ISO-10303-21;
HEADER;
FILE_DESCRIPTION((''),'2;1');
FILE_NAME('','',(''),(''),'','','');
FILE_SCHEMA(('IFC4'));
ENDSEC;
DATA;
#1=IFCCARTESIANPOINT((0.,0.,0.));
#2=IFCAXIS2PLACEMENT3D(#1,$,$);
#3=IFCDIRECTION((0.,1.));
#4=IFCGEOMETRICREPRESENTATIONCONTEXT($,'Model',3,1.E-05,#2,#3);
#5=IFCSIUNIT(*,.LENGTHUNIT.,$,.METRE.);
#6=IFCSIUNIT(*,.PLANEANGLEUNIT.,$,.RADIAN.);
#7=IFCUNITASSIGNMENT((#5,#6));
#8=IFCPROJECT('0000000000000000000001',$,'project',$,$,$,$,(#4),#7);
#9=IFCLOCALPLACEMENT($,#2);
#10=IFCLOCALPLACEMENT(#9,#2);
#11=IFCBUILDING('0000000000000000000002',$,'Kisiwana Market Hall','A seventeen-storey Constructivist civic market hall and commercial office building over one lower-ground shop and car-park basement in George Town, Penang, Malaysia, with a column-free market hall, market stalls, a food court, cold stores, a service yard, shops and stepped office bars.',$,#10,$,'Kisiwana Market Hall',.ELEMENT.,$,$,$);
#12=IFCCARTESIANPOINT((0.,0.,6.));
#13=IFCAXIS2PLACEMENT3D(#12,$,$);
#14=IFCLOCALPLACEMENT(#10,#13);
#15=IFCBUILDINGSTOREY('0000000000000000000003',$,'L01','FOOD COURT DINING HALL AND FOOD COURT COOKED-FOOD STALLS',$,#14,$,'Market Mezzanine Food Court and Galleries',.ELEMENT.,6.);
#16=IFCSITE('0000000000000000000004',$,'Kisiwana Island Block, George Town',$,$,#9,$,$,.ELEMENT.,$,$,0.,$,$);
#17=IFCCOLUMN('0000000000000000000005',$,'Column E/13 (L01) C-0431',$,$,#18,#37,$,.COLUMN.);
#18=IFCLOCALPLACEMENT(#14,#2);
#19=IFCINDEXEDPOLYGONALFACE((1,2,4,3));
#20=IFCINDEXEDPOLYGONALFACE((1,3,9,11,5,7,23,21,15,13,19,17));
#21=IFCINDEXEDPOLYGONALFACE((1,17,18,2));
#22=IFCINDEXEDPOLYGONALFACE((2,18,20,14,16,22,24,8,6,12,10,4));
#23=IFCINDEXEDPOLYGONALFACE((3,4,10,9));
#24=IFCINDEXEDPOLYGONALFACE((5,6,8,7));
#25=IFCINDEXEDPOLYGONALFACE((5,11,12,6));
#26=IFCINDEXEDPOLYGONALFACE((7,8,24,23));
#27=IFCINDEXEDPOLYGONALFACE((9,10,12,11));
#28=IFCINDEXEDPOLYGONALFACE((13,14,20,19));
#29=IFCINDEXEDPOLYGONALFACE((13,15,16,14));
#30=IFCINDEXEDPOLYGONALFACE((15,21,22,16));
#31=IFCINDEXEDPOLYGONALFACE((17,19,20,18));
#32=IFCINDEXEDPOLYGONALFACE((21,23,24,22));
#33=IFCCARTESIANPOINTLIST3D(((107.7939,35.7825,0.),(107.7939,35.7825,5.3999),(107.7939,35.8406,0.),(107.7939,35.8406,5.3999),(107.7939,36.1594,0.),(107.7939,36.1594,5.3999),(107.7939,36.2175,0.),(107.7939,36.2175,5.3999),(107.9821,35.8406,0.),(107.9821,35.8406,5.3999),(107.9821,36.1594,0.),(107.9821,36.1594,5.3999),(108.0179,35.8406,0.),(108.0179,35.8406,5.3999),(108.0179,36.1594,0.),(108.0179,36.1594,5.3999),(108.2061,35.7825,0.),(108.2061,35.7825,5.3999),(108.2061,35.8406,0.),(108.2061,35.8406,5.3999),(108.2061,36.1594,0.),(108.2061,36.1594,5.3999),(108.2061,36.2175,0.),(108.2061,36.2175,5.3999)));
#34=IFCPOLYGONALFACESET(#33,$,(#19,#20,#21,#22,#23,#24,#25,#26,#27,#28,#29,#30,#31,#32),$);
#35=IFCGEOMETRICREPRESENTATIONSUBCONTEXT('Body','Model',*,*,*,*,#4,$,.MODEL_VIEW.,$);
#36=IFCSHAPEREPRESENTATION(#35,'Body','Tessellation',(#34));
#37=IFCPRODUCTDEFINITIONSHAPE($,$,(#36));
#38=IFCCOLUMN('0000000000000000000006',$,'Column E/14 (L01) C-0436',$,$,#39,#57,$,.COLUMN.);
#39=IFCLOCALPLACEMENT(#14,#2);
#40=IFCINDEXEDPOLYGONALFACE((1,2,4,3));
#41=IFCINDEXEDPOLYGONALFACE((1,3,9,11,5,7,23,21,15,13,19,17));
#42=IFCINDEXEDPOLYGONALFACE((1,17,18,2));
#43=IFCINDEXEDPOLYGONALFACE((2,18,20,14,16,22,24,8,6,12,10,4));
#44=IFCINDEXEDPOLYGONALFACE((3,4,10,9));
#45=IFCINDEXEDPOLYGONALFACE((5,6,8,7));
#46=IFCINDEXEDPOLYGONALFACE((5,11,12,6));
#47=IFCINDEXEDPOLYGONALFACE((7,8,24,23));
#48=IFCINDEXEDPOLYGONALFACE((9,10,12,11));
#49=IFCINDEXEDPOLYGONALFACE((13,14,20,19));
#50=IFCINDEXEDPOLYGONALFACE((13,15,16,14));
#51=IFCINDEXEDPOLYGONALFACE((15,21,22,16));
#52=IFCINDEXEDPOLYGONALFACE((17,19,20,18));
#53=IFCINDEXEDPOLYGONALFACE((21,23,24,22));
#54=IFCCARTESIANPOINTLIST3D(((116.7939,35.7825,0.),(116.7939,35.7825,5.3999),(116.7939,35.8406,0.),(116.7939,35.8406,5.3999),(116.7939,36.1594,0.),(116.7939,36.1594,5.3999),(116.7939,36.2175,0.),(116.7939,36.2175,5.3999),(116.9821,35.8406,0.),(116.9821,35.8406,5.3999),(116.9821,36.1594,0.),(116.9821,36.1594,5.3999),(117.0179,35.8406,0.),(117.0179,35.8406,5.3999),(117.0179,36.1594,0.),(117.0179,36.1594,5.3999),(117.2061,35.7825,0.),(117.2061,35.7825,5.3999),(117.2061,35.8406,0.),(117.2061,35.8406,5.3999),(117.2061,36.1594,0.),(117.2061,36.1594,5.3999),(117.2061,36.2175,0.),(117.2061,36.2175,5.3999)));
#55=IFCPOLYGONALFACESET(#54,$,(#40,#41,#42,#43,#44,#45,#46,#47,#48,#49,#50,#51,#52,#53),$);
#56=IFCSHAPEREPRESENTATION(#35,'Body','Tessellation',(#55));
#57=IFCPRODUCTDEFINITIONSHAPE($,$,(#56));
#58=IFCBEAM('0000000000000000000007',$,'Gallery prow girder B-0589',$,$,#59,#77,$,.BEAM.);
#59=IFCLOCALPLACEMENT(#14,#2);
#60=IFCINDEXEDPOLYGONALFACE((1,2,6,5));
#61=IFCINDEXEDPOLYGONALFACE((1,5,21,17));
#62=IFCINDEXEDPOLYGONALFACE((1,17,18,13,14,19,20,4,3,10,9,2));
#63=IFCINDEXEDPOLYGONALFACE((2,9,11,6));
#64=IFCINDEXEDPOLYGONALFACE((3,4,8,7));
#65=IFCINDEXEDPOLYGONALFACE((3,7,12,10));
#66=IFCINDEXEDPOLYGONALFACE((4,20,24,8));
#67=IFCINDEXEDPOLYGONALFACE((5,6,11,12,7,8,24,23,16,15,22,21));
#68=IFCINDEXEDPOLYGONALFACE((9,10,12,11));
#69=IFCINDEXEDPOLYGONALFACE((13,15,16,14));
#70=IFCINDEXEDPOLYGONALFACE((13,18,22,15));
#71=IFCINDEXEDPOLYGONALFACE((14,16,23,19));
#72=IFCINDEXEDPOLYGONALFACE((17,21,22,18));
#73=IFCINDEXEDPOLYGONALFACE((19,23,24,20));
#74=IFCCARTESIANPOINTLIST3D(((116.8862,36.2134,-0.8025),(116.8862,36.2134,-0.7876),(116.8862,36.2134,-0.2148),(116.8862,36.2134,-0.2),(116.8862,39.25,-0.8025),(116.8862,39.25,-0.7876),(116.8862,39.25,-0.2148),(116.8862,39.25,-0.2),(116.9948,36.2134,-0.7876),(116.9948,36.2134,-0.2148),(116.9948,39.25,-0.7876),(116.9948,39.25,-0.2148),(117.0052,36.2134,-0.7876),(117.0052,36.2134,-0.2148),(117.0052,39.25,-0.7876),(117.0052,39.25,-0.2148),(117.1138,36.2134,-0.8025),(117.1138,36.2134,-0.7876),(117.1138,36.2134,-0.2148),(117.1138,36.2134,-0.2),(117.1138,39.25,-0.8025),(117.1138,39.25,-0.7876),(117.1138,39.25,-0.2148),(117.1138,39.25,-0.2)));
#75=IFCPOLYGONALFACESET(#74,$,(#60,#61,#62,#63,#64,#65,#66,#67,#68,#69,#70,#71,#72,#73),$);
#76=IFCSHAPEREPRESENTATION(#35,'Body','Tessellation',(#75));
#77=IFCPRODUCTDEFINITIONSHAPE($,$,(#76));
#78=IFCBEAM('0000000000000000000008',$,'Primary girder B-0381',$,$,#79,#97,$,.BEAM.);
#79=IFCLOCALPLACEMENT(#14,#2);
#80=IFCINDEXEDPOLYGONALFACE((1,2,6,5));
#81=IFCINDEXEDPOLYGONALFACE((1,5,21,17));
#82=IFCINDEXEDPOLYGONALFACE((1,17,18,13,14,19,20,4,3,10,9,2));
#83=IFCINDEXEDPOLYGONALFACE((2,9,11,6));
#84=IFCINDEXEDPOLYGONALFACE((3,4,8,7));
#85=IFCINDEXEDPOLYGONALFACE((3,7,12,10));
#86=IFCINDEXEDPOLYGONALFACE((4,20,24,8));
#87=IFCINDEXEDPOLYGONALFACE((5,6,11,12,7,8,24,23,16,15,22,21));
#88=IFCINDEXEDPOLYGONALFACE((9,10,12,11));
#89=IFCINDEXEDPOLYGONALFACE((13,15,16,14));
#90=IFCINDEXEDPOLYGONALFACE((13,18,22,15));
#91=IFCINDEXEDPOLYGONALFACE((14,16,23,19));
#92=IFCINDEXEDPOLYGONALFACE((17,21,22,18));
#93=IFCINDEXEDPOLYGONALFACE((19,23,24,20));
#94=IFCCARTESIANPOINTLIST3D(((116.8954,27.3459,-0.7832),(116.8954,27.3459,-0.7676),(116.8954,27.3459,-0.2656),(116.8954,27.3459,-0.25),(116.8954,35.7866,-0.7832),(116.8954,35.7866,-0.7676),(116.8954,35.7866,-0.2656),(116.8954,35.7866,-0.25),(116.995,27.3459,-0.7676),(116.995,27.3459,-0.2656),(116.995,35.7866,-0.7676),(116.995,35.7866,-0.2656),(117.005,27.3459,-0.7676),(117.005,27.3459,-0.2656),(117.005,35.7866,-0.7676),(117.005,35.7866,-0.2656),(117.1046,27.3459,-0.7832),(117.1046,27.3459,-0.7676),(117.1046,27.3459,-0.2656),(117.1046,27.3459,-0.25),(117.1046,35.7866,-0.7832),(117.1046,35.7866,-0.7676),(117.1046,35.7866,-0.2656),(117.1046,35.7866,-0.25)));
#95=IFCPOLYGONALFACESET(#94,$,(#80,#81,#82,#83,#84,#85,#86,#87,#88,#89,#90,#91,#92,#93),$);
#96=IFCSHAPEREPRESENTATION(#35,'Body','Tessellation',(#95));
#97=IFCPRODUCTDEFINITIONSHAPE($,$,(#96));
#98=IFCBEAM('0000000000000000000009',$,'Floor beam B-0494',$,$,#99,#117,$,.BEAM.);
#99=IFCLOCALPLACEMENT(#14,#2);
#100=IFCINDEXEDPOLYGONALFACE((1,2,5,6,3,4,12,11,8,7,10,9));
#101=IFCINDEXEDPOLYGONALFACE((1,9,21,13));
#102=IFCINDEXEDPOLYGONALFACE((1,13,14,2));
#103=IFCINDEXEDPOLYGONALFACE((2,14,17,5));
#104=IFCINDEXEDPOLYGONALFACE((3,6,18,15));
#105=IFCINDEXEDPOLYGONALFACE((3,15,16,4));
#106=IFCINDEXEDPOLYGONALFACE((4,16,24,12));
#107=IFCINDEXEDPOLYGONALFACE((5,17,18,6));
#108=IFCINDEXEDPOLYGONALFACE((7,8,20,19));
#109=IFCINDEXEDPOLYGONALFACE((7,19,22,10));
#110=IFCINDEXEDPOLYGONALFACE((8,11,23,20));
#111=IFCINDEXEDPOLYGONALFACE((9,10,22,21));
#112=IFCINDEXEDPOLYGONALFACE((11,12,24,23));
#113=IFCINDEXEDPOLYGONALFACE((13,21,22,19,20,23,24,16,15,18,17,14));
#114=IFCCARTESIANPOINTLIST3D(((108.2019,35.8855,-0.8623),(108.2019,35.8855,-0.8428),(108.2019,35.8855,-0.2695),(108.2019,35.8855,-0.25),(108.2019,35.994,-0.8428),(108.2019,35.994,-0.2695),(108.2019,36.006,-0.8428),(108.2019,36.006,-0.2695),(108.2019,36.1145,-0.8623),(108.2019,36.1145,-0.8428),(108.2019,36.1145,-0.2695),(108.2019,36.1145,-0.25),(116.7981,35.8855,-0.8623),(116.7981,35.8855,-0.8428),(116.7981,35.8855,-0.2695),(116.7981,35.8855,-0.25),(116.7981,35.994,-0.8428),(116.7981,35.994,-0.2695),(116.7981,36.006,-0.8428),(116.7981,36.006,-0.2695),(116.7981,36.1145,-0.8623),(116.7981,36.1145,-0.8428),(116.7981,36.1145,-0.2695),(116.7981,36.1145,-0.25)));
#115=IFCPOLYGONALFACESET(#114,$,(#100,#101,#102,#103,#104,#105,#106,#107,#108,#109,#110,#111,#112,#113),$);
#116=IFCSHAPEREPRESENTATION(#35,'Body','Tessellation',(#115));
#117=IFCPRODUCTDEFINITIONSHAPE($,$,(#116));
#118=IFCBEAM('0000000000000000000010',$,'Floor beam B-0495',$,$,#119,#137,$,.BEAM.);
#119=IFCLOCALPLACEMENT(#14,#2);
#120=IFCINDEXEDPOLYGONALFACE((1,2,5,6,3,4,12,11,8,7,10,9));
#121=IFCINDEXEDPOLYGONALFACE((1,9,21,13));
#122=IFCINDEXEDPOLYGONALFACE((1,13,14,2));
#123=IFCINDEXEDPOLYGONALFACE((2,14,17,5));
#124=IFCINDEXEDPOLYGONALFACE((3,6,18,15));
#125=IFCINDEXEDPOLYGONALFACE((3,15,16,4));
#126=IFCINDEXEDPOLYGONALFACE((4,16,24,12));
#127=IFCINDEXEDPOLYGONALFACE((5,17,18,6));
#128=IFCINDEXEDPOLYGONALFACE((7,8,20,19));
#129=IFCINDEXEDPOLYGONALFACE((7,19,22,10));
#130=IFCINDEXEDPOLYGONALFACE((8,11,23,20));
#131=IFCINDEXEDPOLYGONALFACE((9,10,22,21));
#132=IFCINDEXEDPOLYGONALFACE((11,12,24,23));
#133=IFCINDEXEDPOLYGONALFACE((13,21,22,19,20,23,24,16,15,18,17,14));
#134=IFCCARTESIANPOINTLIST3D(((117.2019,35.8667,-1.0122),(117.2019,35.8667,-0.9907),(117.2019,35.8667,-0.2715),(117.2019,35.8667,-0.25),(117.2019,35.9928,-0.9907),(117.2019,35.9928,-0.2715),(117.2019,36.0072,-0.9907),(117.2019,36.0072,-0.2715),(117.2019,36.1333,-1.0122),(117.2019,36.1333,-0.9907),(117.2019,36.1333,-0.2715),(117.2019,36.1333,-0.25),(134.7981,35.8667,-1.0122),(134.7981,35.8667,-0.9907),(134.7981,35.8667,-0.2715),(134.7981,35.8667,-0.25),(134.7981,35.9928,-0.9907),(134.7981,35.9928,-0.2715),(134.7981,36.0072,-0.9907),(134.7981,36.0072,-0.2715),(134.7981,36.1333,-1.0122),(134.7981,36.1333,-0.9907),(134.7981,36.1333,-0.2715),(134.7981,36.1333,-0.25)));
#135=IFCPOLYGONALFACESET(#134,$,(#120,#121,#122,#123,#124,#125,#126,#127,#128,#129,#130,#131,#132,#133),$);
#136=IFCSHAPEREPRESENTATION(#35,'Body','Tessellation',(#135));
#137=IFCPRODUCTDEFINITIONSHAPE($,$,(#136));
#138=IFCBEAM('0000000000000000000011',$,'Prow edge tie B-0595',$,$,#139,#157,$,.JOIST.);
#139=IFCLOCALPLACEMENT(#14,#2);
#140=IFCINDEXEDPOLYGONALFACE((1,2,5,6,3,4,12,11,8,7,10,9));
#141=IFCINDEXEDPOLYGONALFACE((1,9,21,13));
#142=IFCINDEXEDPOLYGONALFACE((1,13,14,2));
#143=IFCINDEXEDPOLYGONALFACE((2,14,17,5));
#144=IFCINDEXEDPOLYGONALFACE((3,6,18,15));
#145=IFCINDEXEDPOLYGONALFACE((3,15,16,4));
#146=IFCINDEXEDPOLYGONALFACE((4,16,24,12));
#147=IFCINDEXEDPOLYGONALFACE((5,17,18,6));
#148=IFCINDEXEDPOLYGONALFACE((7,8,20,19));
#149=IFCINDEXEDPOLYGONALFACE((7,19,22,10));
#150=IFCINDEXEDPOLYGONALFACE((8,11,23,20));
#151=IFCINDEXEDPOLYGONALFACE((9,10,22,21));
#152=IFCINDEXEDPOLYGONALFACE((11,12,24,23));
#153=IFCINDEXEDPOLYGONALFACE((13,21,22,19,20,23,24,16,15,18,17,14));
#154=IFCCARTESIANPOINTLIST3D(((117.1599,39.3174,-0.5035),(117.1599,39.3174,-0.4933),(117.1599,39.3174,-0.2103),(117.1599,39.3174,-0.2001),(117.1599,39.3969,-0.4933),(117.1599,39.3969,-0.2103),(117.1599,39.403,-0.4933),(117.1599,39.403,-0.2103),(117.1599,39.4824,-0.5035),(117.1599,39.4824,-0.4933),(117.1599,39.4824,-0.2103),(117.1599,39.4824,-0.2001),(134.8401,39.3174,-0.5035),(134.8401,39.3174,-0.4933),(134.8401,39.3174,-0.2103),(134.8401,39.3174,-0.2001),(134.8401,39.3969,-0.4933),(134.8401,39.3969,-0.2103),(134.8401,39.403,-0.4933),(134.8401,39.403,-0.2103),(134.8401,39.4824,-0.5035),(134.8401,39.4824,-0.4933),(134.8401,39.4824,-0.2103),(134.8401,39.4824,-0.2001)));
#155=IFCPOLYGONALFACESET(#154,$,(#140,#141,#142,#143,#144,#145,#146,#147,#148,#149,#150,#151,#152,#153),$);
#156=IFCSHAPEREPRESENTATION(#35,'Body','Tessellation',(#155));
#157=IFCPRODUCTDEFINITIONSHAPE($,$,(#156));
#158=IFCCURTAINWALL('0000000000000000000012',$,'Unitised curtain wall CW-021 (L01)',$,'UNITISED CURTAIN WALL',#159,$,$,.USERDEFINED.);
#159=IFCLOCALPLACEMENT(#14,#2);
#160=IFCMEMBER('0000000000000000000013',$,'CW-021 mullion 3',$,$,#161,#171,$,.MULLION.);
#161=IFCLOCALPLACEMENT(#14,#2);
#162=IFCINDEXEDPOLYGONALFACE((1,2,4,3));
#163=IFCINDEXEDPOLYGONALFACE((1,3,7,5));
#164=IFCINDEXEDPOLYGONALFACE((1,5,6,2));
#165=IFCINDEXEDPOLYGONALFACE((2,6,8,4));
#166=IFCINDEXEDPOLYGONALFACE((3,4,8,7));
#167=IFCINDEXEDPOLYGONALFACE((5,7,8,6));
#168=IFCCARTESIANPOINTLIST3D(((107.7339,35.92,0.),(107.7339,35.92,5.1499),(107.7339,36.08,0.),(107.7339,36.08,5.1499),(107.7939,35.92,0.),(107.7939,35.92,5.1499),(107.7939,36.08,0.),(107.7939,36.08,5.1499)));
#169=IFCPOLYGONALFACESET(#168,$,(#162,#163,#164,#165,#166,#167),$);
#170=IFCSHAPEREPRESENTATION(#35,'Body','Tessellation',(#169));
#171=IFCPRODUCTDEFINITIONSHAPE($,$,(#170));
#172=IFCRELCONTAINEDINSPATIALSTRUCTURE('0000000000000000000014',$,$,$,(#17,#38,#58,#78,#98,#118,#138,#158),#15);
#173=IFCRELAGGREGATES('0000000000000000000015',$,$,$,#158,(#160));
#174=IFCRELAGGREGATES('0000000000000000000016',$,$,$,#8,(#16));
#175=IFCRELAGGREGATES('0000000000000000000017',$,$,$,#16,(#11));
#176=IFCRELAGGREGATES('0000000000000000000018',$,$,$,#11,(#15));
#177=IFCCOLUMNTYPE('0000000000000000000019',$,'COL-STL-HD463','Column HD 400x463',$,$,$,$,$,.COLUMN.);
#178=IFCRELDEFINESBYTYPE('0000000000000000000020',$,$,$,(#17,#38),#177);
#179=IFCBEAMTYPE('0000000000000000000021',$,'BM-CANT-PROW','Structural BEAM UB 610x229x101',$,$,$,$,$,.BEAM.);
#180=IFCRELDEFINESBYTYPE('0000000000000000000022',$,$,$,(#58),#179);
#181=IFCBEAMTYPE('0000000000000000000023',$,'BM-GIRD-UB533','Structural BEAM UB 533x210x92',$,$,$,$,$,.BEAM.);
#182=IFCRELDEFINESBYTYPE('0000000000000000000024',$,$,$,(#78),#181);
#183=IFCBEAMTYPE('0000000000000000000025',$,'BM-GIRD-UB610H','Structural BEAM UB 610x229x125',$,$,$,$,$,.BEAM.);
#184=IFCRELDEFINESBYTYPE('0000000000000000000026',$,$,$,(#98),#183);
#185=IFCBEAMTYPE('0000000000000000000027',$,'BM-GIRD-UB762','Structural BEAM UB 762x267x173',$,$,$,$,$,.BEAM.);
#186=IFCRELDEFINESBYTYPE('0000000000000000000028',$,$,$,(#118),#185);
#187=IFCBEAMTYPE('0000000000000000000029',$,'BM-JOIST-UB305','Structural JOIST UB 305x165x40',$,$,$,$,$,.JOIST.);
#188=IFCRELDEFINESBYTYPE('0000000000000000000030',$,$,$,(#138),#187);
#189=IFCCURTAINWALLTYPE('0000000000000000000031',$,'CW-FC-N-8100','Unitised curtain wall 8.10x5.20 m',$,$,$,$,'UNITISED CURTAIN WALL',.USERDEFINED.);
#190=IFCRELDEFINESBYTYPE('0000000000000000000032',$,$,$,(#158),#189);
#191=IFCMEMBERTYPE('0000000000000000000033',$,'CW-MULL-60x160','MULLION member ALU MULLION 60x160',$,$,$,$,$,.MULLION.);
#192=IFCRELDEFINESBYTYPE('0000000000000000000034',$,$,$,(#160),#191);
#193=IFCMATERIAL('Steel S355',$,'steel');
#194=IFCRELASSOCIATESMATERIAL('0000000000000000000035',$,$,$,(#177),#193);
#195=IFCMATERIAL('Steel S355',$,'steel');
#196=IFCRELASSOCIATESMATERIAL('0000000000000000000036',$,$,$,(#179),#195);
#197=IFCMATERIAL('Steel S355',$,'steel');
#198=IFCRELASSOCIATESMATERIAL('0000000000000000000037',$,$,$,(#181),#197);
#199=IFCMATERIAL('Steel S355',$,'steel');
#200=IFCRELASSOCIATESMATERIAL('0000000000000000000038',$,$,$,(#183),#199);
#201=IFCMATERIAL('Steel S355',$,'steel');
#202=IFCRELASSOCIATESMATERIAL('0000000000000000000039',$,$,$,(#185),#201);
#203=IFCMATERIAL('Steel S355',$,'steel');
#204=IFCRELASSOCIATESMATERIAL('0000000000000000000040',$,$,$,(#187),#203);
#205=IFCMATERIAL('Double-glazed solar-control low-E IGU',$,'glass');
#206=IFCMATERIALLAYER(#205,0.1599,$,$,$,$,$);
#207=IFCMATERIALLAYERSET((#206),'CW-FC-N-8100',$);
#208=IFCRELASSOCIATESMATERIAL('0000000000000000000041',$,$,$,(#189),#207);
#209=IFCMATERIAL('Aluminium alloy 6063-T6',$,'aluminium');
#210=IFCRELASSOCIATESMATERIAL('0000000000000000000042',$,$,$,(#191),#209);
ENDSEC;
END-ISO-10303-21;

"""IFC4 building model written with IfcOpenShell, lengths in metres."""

from ifc_helpers import new_model, si_unit, direction, frame, origin, origin_2d, place, context, subcontext, project, spatial, rectangle, i_section, extrude, material, layer, layer_set, material_profile, profile_set, type_object, element, aggregate, save


model = new_model("IFC4")

# Units and contexts
model_context = context("Model", 3, precision=1e-05, world=origin(), true_north=direction((0.0, 1.0)))
body_context = subcontext(model_context, "Body", "Model", "MODEL_VIEW")
ifc_project = project(units=[si_unit("LENGTHUNIT", "METRE"), si_unit("PLANEANGLEUNIT", "RADIAN")], contexts=[model_context])

# Site, building, storey
site_placement = place(None, origin())
site = spatial("IfcSite", under=ifc_project, at=site_placement, Name="Kisiwana Island Block, George Town", CompositionType="ELEMENT", RefElevation=0.0)
building_placement = place(site_placement, origin())
building = spatial("IfcBuilding", under=site, at=building_placement, Name="Kisiwana Market Hall", Description="A seventeen-storey Constructivist civic market hall and commercial office building over one lower-ground shop and car-park basement in George Town, Penang, Malaysia, with a column-free market hall, market stalls, a food court, cold stores, a service yard, shops and stepped office bars.", LongName="Kisiwana Market Hall", CompositionType="ELEMENT")
storey_placement = place(building_placement, frame((0.0, 0.0, 6.0)))
storey = spatial("IfcBuildingStorey", under=building, at=storey_placement, Name="L01", Description="FOOD COURT DINING HALL AND FOOD COURT COOKED-FOOD STALLS", LongName="Market Mezzanine Food Court and Galleries", CompositionType="ELEMENT", Elevation=6.0)

# Columns
ifc_material_1 = material(Name="Steel S355", Category="steel")
ifc_material_profile_1 = material_profile(ifc_material_1, i_section(OverallWidth=0.4121, OverallDepth=0.4351, WebThickness=0.0359, FlangeThickness=0.0581, at=origin_2d()), Name="HD 400x463")
ifc_profile_set_1 = profile_set([ifc_material_profile_1], Name="Steel S355")
column_type = type_object("IfcColumnType", Name="COL-STL-HD463", Description="Column HD 400x463", PredefinedType="COLUMN", material=ifc_profile_set_1)
for number, where, z_axis, x_axis, name in (
    (1, (108.0, 36.0, 0.0), (0.0, 0.0, 1.0), (1.0, 0.0, 0.0), "Column E/13 (L01) C-0431"),
    (2, (117.0, 36.0, 0.0), (0.0, 0.0, 1.0), (1.0, 0.0, 0.0), "Column E/14 (L01) C-0436"),
):
    element("IfcColumn", number, at=place(storey_placement, frame(where, z_axis=z_axis, x_axis=x_axis)), inside=storey, type_object=column_type, Name=name, PredefinedType="COLUMN", context=body_context, shape_type="SweptSolid", body=[
        extrude(i_section(OverallWidth=0.4121, OverallDepth=0.4351, WebThickness=0.0359, FlangeThickness=0.0581, at=origin_2d()), origin(), (0.0, 0.0, 1.0), 5.3999),
    ])

# Beams
ifc_material_2 = material(Name="Steel S355", Category="steel")
ifc_material_profile_2 = material_profile(ifc_material_2, i_section(OverallWidth=0.2275, OverallDepth=0.6025, WebThickness=0.0105, FlangeThickness=0.0149, at=origin_2d()), Name="UB 610x229x101")
ifc_profile_set_2 = profile_set([ifc_material_profile_2], Name="Steel S355")
beam_type_1 = type_object("IfcBeamType", Name="BM-CANT-PROW", Description="Structural BEAM UB 610x229x101", PredefinedType="BEAM", material=ifc_profile_set_2)
beam_1_placement = place(storey_placement, frame((117.0, 36.2134, -0.5012), z_axis=(0.0, 1.0, 0.0), x_axis=(-1.0, 0.0, 0.0)))
element("IfcBeam", 3, at=beam_1_placement, inside=storey, type_object=beam_type_1, Name="Gallery prow girder B-0589", PredefinedType="BEAM", context=body_context, shape_type="SweptSolid", body=[
    extrude(i_section(OverallWidth=0.2275, OverallDepth=0.6025, WebThickness=0.0105, FlangeThickness=0.0149, at=origin_2d()), origin(), (0.0, 0.0, 1.0), 3.0366),
])
ifc_material_3 = material(Name="Steel S355", Category="steel")
ifc_material_profile_3 = material_profile(ifc_material_3, i_section(OverallWidth=0.2092, OverallDepth=0.5332, WebThickness=0.01, FlangeThickness=0.0156, at=origin_2d()), Name="UB 533x210x92")
ifc_profile_set_3 = profile_set([ifc_material_profile_3], Name="Steel S355")
beam_type_2 = type_object("IfcBeamType", Name="BM-GIRD-UB533", Description="Structural BEAM UB 533x210x92", PredefinedType="BEAM", material=ifc_profile_set_3)
beam_2_placement = place(storey_placement, frame((117.0, 27.3459, -0.5166), z_axis=(0.0, 1.0, 0.0), x_axis=(-1.0, 0.0, 0.0)))
element("IfcBeam", 4, at=beam_2_placement, inside=storey, type_object=beam_type_2, Name="Primary girder B-0381", PredefinedType="BEAM", context=body_context, shape_type="SweptSolid", body=[
    extrude(i_section(OverallWidth=0.2092, OverallDepth=0.5332, WebThickness=0.01, FlangeThickness=0.0156, at=origin_2d()), origin(), (0.0, 0.0, 1.0), 8.4407),
])
ifc_material_4 = material(Name="Steel S355", Category="steel")
ifc_material_profile_4 = material_profile(ifc_material_4, i_section(OverallWidth=0.229, OverallDepth=0.6123, WebThickness=0.012, FlangeThickness=0.0195, at=origin_2d()), Name="UB 610x229x125")
ifc_profile_set_4 = profile_set([ifc_material_profile_4], Name="Steel S355")
beam_type_3 = type_object("IfcBeamType", Name="BM-GIRD-UB610H", Description="Structural BEAM UB 610x229x125", PredefinedType="BEAM", material=ifc_profile_set_4)
beam_3_placement = place(storey_placement, frame((108.2019, 36.0, -0.5562), z_axis=(1.0, 0.0, 0.0), x_axis=(0.0, 1.0, 0.0)))
element("IfcBeam", 5, at=beam_3_placement, inside=storey, type_object=beam_type_3, Name="Floor beam B-0494", PredefinedType="BEAM", context=body_context, shape_type="SweptSolid", body=[
    extrude(i_section(OverallWidth=0.229, OverallDepth=0.6123, WebThickness=0.012, FlangeThickness=0.0195, at=origin_2d()), origin(), (0.0, 0.0, 1.0), 8.5962),
])
ifc_material_5 = material(Name="Steel S355", Category="steel")
ifc_material_profile_5 = material_profile(ifc_material_5, i_section(OverallWidth=0.2666, OverallDepth=0.7622, WebThickness=0.0144, FlangeThickness=0.0215, at=origin_2d()), Name="UB 762x267x173")
ifc_profile_set_5 = profile_set([ifc_material_profile_5], Name="Steel S355")
beam_type_4 = type_object("IfcBeamType", Name="BM-GIRD-UB762", Description="Structural BEAM UB 762x267x173", PredefinedType="BEAM", material=ifc_profile_set_5)
beam_4_placement = place(storey_placement, frame((117.2019, 36.0, -0.6311), z_axis=(1.0, 0.0, 0.0), x_axis=(0.0, 1.0, 0.0)))
element("IfcBeam", 6, at=beam_4_placement, inside=storey, type_object=beam_type_4, Name="Floor beam B-0495", PredefinedType="BEAM", context=body_context, shape_type="SweptSolid", body=[
    extrude(i_section(OverallWidth=0.2666, OverallDepth=0.7622, WebThickness=0.0144, FlangeThickness=0.0215, at=origin_2d()), origin(), (0.0, 0.0, 1.0), 17.5962),
])
ifc_material_6 = material(Name="Steel S355", Category="steel")
ifc_material_profile_6 = material_profile(ifc_material_6, i_section(OverallWidth=0.165, OverallDepth=0.3035, WebThickness=0.0061, FlangeThickness=0.0103, at=origin_2d()), Name="UB 305x165x40")
ifc_profile_set_6 = profile_set([ifc_material_profile_6], Name="Steel S355")
beam_type_5 = type_object("IfcBeamType", Name="BM-JOIST-UB305", Description="Structural JOIST UB 305x165x40", PredefinedType="JOIST", material=ifc_profile_set_6)
beam_5_placement = place(storey_placement, frame((117.1599, 39.3999, -0.3518), z_axis=(1.0, 0.0, 0.0), x_axis=(0.0, 1.0, 0.0)))
element("IfcBeam", 7, at=beam_5_placement, inside=storey, type_object=beam_type_5, Name="Prow edge tie B-0595", PredefinedType="JOIST", context=body_context, shape_type="SweptSolid", body=[
    extrude(i_section(OverallWidth=0.165, OverallDepth=0.3035, WebThickness=0.0061, FlangeThickness=0.0103, at=origin_2d()), origin(), (0.0, 0.0, 1.0), 17.6802),
])

# Curtain wall, member
ifc_material_7 = material(Name="Double-glazed solar-control low-E IGU", Category="glass")
ifc_layer_1 = layer(ifc_material_7, 0.1599)
ifc_layer_set_1 = layer_set([ifc_layer_1], Name="CW-FC-N-8100")
curtain_wall_type = type_object("IfcCurtainWallType", Name="CW-FC-N-8100", Description="Unitised curtain wall 8.10x5.20 m", ElementType="UNITISED CURTAIN WALL", PredefinedType="USERDEFINED", material=ifc_layer_set_1)
curtain_wall_1_placement = place(storey_placement, origin())
curtain_wall_1 = element("IfcCurtainWall", 8, at=curtain_wall_1_placement, inside=storey, type_object=curtain_wall_type, Name="Unitised curtain wall CW-021 (L01)", ObjectType="UNITISED CURTAIN WALL", PredefinedType="USERDEFINED")
ifc_material_8 = material(Name="Aluminium alloy 6063-T6", Category="aluminium")
ifc_material_profile_7 = material_profile(ifc_material_8, rectangle(XDim=0.0601, YDim=0.1599, at=origin_2d()), Name="ALU MULLION 60x160")
ifc_profile_set_7 = profile_set([ifc_material_profile_7], Name="Aluminium alloy 6063-T6")
member_type_1 = type_object("IfcMemberType", Name="CW-MULL-60x160", Description="MULLION member ALU MULLION 60x160", PredefinedType="MULLION", material=ifc_profile_set_7)
member_1_placement = place(storey_placement, frame((107.7639, 36.0, 0.0), z_axis=(0.0, 0.0, 1.0), x_axis=(1.0, 0.0, 0.0)))
member_1 = element("IfcMember", 9, at=member_1_placement, type_object=member_type_1, Name="CW-021 mullion 3", PredefinedType="MULLION", context=body_context, shape_type="SweptSolid", body=[
    extrude(rectangle(XDim=0.0601, YDim=0.1599, at=origin_2d()), origin(), (0.0, 0.0, 1.0), 5.1499),
])
aggregate(curtain_wall_1, [member_1])

save(model, "model.ifc")
